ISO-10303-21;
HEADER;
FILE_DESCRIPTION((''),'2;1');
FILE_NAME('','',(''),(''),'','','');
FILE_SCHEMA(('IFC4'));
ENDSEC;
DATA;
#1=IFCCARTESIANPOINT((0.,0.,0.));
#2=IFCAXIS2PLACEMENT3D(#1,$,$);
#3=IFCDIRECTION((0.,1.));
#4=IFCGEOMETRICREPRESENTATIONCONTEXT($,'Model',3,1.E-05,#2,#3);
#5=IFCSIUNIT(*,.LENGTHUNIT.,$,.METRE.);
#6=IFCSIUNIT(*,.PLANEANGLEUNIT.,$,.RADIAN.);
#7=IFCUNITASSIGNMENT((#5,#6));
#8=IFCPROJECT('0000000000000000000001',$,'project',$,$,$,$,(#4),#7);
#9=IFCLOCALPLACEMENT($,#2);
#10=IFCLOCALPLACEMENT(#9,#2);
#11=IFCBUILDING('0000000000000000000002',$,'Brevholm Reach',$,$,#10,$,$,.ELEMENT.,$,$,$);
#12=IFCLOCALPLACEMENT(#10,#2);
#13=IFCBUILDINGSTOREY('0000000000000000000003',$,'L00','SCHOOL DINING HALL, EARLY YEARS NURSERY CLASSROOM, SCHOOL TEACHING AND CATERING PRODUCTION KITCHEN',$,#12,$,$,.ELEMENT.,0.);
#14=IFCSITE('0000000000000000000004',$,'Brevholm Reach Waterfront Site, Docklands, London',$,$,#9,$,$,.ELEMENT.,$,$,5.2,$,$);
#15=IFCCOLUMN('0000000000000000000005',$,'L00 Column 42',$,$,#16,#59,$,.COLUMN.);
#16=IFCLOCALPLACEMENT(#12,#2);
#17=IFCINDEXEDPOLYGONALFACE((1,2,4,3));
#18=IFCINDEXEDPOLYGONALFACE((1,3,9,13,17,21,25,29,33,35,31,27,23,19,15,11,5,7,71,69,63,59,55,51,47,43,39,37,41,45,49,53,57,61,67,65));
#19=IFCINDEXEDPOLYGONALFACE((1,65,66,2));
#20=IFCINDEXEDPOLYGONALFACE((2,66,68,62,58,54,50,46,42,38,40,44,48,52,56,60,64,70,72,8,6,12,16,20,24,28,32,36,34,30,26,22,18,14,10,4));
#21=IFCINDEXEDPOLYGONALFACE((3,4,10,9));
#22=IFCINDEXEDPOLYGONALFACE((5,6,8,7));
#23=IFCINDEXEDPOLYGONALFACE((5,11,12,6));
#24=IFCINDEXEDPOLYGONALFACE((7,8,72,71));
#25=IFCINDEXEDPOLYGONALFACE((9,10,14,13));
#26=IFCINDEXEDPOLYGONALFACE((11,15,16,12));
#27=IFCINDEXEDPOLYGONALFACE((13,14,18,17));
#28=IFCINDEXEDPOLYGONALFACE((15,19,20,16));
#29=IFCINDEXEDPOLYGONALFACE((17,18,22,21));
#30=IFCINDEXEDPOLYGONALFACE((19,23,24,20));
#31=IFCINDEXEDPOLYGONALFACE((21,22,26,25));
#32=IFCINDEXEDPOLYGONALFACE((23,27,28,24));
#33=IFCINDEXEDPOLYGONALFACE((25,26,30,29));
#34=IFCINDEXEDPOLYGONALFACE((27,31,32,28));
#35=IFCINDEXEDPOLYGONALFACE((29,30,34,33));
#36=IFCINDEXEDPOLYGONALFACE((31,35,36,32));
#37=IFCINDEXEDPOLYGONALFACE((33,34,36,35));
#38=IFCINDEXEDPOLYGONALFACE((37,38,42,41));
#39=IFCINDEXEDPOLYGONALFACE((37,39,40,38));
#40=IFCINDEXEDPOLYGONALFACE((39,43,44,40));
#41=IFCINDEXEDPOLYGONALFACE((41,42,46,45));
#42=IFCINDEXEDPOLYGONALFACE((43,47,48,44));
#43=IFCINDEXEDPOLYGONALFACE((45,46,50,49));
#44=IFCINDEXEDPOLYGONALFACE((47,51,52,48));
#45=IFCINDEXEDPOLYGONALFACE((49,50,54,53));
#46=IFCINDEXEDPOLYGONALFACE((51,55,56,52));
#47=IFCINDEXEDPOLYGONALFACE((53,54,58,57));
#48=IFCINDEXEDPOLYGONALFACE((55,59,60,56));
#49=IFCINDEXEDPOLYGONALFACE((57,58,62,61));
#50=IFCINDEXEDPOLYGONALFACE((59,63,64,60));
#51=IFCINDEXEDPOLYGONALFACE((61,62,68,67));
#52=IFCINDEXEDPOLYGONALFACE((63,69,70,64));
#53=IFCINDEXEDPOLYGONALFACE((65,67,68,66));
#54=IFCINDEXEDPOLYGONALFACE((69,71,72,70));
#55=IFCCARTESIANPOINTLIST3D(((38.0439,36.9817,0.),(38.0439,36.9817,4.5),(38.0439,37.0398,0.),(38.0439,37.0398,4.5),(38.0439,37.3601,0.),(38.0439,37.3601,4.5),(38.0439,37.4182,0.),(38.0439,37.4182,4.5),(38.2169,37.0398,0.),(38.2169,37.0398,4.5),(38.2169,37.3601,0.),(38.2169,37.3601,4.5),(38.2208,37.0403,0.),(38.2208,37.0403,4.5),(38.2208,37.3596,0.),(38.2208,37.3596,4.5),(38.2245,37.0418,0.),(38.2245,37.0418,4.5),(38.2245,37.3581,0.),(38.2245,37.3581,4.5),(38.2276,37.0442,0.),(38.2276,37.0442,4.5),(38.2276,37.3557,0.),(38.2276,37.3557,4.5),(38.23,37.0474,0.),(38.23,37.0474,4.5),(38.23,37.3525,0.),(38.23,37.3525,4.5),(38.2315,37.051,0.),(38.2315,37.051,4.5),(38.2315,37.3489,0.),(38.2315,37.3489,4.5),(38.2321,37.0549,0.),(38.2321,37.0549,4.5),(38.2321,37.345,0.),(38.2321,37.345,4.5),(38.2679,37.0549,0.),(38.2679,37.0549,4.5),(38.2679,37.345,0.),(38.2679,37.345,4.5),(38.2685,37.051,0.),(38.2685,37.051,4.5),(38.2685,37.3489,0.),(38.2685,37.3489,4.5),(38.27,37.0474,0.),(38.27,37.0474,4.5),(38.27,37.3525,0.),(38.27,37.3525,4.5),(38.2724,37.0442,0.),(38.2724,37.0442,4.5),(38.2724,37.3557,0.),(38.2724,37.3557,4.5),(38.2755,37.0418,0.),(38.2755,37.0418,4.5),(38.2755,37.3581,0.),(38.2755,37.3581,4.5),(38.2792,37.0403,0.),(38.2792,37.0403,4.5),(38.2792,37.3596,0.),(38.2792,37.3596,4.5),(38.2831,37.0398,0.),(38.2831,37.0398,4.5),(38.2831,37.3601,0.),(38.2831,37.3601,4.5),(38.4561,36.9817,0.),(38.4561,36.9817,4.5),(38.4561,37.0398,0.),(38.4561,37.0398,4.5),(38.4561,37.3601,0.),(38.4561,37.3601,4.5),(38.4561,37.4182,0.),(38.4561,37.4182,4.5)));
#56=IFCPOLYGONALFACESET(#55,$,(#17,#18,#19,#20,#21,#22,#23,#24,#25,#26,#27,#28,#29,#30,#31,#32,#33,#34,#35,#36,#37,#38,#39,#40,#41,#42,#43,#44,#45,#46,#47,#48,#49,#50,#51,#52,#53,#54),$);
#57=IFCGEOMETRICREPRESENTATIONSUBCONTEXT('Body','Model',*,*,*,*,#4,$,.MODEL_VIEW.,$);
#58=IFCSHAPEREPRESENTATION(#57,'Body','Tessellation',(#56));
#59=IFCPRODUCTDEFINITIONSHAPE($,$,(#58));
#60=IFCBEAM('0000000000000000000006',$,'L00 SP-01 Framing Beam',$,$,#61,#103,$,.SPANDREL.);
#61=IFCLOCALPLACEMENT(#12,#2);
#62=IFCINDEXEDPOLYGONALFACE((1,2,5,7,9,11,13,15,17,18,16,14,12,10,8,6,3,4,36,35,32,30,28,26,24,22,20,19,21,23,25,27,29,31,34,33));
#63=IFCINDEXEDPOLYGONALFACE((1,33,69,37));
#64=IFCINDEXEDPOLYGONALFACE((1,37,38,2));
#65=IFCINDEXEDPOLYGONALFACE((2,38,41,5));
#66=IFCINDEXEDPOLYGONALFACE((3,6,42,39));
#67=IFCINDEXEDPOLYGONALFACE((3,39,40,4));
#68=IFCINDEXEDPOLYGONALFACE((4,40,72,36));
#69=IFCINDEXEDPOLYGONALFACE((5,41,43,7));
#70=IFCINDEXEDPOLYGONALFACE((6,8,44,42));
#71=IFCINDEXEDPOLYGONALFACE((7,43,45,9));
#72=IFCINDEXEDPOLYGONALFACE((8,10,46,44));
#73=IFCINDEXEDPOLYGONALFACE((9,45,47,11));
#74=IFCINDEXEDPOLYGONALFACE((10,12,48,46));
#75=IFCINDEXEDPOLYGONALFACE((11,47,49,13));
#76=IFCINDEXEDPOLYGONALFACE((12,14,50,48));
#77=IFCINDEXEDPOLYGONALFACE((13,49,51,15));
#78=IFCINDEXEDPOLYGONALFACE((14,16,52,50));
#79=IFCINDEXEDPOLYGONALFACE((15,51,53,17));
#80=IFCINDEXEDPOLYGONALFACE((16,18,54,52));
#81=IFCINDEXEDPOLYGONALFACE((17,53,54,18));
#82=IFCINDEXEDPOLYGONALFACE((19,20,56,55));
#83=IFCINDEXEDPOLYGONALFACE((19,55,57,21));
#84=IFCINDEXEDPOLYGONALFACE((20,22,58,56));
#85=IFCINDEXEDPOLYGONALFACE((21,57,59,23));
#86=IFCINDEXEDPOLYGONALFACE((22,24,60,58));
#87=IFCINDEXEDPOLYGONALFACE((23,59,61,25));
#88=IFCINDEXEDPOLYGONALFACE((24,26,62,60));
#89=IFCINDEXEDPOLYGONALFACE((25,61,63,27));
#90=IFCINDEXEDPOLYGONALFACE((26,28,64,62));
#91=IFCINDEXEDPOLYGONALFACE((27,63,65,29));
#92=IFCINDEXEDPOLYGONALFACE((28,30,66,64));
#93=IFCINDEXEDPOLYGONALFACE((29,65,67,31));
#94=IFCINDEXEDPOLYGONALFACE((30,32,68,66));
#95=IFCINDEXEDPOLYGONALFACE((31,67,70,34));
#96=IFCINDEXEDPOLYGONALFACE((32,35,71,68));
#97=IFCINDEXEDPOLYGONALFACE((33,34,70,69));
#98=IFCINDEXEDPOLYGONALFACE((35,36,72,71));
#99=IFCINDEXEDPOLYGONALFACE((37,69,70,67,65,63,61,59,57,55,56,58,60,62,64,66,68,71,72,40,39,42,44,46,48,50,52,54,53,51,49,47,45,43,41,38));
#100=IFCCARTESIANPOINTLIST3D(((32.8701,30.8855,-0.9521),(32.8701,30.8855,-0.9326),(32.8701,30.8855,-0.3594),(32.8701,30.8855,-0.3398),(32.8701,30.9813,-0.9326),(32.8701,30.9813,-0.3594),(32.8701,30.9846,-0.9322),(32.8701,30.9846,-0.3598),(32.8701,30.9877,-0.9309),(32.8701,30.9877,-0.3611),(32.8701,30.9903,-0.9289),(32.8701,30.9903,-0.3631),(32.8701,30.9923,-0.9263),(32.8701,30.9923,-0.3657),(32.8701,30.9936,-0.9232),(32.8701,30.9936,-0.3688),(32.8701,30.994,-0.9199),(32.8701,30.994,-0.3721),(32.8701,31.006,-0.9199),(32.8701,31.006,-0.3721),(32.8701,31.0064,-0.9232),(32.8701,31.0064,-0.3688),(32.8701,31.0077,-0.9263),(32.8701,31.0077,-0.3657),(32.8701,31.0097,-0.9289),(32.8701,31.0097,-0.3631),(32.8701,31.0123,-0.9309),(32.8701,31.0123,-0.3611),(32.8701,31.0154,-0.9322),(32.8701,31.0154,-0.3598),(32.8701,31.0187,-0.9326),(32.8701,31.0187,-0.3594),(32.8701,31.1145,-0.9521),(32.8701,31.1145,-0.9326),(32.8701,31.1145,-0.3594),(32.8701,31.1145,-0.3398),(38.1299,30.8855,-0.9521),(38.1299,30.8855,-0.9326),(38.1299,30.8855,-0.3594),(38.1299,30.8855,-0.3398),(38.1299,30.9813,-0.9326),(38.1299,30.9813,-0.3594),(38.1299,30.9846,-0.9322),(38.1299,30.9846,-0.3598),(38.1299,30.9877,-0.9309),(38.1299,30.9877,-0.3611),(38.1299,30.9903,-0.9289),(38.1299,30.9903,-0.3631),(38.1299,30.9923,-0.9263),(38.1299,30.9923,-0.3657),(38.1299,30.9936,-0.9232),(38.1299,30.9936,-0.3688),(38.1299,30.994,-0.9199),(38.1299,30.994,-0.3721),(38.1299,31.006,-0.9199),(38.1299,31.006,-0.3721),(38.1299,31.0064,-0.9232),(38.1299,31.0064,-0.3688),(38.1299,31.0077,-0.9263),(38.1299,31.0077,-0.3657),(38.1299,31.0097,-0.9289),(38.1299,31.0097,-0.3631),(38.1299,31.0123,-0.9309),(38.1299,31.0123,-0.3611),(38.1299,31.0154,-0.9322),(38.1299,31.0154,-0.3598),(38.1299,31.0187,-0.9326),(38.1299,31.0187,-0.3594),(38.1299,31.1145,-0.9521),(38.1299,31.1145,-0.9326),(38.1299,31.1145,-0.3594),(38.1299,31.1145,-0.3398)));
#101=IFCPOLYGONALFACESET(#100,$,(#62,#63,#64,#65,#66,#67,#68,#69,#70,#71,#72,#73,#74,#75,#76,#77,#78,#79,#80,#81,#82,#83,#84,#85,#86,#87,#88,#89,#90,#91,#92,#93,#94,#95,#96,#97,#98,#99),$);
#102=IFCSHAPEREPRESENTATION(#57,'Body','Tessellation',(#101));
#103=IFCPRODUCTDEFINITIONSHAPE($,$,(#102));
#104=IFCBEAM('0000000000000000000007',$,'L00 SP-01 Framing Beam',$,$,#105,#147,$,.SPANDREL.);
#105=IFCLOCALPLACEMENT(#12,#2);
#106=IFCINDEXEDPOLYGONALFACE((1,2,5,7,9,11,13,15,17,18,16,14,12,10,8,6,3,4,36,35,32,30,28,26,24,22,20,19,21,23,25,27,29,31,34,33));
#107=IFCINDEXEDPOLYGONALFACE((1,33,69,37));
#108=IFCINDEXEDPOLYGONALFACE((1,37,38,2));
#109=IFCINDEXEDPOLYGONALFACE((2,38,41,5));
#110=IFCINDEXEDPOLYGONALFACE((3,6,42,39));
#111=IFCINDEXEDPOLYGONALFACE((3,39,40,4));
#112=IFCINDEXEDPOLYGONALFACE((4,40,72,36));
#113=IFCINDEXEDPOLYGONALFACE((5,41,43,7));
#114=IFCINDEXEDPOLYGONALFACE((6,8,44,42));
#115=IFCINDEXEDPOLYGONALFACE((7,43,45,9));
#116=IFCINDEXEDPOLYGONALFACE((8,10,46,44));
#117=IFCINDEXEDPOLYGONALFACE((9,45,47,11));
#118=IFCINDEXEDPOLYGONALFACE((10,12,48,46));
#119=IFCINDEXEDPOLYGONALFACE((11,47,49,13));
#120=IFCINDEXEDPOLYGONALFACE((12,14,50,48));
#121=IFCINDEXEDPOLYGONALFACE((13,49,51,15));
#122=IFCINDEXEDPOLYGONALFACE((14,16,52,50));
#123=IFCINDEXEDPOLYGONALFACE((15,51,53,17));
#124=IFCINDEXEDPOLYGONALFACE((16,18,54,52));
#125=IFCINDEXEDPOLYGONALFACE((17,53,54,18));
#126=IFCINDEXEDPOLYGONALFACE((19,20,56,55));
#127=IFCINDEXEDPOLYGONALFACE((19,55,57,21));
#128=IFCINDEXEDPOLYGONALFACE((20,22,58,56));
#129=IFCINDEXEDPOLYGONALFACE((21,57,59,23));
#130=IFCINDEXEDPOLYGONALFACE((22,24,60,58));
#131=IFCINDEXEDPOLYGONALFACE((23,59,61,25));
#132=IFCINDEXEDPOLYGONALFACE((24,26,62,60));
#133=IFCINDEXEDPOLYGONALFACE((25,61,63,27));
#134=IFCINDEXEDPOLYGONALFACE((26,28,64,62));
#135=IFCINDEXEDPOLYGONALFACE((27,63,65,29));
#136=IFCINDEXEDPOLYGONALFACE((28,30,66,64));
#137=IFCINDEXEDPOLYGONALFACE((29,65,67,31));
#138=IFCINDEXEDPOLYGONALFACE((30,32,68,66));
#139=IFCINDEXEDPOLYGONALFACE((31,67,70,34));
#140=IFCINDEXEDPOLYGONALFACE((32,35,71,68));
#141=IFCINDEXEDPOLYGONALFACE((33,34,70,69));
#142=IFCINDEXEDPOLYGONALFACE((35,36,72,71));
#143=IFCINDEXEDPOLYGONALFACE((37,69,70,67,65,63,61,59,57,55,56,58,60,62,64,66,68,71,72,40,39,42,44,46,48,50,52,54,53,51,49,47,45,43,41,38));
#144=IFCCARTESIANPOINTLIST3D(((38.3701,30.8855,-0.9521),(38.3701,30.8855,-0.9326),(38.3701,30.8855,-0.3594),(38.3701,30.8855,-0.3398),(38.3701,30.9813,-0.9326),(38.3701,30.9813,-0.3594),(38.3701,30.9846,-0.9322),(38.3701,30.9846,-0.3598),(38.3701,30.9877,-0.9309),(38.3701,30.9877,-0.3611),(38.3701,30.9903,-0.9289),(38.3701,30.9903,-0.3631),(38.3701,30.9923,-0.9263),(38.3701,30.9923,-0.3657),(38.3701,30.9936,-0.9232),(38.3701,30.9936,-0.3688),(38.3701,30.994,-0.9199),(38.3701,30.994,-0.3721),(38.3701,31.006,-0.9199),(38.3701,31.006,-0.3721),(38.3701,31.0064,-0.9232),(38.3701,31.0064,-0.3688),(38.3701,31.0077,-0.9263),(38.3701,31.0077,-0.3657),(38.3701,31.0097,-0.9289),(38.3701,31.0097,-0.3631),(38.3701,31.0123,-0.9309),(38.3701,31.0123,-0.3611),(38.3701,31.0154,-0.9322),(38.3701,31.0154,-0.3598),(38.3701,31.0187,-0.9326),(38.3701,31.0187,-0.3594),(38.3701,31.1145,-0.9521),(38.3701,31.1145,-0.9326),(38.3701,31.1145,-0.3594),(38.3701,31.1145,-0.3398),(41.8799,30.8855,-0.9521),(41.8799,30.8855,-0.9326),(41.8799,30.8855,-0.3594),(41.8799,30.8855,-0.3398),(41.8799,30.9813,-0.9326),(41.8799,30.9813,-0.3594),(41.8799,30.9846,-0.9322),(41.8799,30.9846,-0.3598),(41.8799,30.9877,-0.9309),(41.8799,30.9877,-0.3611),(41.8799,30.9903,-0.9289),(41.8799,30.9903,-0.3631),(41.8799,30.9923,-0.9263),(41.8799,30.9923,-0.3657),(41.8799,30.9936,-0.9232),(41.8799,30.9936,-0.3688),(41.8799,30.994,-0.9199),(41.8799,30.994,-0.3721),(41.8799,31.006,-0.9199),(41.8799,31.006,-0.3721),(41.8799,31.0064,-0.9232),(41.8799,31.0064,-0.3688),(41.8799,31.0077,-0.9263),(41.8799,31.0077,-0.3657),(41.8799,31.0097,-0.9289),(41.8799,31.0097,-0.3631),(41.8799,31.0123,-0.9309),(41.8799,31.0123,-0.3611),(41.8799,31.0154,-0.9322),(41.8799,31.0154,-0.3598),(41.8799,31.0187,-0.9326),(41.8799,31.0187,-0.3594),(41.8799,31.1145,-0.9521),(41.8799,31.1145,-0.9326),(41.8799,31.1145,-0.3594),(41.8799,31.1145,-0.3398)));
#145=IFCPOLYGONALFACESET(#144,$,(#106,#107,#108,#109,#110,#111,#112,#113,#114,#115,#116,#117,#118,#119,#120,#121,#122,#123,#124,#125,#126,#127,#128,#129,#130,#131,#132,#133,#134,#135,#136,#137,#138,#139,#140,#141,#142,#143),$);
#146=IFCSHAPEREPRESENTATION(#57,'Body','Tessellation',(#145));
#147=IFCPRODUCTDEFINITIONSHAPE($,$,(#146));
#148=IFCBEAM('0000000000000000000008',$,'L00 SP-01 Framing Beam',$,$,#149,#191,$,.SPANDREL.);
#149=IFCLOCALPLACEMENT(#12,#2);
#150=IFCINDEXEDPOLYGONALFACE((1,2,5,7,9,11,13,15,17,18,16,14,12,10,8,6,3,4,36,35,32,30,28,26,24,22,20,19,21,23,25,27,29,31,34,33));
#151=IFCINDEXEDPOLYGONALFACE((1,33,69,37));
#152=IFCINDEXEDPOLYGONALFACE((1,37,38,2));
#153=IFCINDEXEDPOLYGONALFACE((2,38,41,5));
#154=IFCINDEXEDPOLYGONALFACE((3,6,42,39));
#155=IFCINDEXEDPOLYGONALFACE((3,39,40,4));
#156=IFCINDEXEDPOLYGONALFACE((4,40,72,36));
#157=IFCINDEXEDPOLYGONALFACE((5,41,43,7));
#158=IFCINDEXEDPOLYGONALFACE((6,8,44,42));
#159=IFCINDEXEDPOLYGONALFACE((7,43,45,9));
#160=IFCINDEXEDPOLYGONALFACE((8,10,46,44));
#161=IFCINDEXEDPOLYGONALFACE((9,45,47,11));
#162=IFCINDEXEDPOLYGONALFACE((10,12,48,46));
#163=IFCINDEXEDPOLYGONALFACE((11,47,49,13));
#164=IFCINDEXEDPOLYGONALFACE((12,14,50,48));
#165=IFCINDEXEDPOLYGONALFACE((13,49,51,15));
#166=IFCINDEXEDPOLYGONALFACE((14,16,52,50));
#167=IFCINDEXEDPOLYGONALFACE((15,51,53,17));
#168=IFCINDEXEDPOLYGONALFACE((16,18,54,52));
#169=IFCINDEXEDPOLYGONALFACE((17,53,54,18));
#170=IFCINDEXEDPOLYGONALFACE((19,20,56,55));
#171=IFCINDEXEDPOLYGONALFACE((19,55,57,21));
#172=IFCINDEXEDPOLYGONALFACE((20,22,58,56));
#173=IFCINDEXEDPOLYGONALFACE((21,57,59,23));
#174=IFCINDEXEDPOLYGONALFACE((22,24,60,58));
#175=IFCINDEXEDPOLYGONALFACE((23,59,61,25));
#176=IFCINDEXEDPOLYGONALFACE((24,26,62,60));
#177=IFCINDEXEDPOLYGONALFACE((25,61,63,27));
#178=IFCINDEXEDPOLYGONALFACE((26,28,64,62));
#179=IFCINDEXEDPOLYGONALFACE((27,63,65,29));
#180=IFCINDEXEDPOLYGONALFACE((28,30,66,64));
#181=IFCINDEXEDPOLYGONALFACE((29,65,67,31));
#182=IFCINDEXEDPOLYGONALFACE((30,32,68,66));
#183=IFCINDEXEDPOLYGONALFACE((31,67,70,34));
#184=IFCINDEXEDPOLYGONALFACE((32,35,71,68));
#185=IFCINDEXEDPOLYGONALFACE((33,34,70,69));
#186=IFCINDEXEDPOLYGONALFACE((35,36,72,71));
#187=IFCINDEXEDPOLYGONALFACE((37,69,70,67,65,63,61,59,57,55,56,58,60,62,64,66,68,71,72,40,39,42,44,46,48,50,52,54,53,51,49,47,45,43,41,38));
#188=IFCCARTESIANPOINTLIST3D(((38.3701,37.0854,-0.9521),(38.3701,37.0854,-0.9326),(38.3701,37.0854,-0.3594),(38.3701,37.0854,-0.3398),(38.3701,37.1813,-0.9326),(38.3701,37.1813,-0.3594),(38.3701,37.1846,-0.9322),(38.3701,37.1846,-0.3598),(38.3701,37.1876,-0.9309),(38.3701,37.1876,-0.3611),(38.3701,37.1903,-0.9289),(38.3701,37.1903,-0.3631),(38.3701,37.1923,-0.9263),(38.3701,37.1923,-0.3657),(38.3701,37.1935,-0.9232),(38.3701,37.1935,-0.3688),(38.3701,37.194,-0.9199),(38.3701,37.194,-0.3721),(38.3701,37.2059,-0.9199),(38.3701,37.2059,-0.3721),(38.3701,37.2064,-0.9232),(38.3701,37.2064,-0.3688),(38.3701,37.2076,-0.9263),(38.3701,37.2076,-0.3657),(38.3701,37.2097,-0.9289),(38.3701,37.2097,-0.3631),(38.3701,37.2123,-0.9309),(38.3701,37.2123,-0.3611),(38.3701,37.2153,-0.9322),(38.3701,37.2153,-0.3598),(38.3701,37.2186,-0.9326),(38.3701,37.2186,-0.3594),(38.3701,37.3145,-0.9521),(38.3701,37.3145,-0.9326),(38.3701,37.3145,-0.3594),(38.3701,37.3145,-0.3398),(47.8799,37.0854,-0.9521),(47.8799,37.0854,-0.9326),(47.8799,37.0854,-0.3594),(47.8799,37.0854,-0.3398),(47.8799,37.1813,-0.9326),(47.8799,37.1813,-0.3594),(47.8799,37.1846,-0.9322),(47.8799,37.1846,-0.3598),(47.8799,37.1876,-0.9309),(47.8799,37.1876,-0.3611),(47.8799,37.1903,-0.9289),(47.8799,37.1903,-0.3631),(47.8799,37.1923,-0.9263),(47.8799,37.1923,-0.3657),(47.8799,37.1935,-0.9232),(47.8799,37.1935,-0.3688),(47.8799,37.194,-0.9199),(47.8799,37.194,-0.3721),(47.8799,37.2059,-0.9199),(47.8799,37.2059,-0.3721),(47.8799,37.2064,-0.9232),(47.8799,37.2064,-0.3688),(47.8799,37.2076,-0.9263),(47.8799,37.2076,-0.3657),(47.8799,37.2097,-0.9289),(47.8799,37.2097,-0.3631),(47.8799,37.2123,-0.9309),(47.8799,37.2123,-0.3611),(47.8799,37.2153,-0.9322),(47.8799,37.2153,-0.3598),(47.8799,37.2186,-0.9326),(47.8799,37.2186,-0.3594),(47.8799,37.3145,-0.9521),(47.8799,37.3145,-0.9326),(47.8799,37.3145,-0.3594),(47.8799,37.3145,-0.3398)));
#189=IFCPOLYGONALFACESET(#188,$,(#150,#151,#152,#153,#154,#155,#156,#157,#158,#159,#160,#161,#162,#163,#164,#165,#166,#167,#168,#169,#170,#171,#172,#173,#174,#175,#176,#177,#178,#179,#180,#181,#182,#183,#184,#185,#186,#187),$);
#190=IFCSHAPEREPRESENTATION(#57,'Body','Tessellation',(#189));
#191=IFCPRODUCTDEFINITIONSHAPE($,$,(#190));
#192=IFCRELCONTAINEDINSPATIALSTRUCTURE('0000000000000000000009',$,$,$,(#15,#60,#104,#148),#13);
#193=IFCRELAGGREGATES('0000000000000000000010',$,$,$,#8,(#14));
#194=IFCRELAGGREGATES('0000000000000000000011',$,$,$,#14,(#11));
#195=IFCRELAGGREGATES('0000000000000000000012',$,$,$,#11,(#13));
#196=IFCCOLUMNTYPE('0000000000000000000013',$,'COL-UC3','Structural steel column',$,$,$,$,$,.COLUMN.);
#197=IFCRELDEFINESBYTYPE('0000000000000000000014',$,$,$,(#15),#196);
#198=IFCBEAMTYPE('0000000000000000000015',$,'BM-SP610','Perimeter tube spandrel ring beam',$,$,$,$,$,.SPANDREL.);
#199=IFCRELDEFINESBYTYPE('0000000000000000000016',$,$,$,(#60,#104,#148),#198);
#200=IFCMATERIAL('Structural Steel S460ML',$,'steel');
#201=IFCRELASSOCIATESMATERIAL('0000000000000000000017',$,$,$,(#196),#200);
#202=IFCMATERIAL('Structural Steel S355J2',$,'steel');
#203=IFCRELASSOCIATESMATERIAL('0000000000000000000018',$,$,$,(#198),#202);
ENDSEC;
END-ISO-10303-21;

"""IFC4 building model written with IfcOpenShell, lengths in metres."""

from ifc_helpers import new_model, si_unit, direction, frame, origin, origin_2d, place, context, subcontext, project, spatial, i_section, extrude, material, material_profile, profile_set, type_object, element, save


model = new_model("IFC4")

# Units and contexts
model_context = context("Model", 3, precision=1e-05, world=origin(), true_north=direction((0.0, 1.0)))
body_context = subcontext(model_context, "Body", "Model", "MODEL_VIEW")
ifc_project = project(units=[si_unit("LENGTHUNIT", "METRE"), si_unit("PLANEANGLEUNIT", "RADIAN")], contexts=[model_context])

# Site, building, storey
site_placement = place(None, origin())
site = spatial("IfcSite", under=ifc_project, at=site_placement, Name="Brevholm Reach Waterfront Site, Docklands, London", CompositionType="ELEMENT", RefElevation=5.2)
building_placement = place(site_placement, origin())
building = spatial("IfcBuilding", under=site, at=building_placement, Name="Brevholm Reach", CompositionType="ELEMENT")
storey_placement = place(building_placement, origin())
storey = spatial("IfcBuildingStorey", under=building, at=storey_placement, Name="L00", Description="SCHOOL DINING HALL, EARLY YEARS NURSERY CLASSROOM, SCHOOL TEACHING AND CATERING PRODUCTION KITCHEN", CompositionType="ELEMENT", Elevation=0.0)

# Column
ifc_material_1 = material(Name="Structural Steel S460ML", Category="steel")
ifc_material_profile_1 = material_profile(ifc_material_1, i_section(OverallWidth=0.4121, OverallDepth=0.4365, WebThickness=0.0359, FlangeThickness=0.0581, FilletRadius=0.0151, at=origin_2d()), Name="UKC 356x406x467")
ifc_profile_set_1 = profile_set([ifc_material_profile_1], Name="Structural Steel S460ML")
column_type_1 = type_object("IfcColumnType", Name="COL-UC3", Description="Structural steel column", PredefinedType="COLUMN", material=ifc_profile_set_1)
column_1_placement = place(storey_placement, frame((38.25, 37.2, 0.0), z_axis=(0.0, 0.0, 1.0), x_axis=(1.0, 0.0, 0.0)))
element("IfcColumn", 1, at=column_1_placement, inside=storey, type_object=column_type_1, Name="L00 Column 42", PredefinedType="COLUMN", context=body_context, shape_type="SweptSolid", body=[
    extrude(i_section(OverallWidth=0.4121, OverallDepth=0.4365, WebThickness=0.0359, FlangeThickness=0.0581, FilletRadius=0.0151, at=origin_2d()), origin(), (0.0, 0.0, 1.0), 4.5),
])

# Beams
ifc_material_2 = material(Name="Structural Steel S355J2", Category="steel")
ifc_material_profile_2 = material_profile(ifc_material_2, i_section(OverallWidth=0.229, OverallDepth=0.6123, WebThickness=0.012, FlangeThickness=0.0195, FilletRadius=0.0127, at=origin_2d()), Name="UKB 610x229x125")
ifc_profile_set_2 = profile_set([ifc_material_profile_2], Name="Structural Steel S355J2")
beam_type_1 = type_object("IfcBeamType", Name="BM-SP610", Description="Perimeter tube spandrel ring beam", PredefinedType="SPANDREL", material=ifc_profile_set_2)
beam_1_placement = place(storey_placement, frame((32.8701, 31.0, -0.646), z_axis=(1.0, 0.0, 0.0), x_axis=(0.0, 1.0, 0.0)))
element("IfcBeam", 2, at=beam_1_placement, inside=storey, type_object=beam_type_1, Name="L00 SP-01 Framing Beam", PredefinedType="SPANDREL", context=body_context, shape_type="SweptSolid", body=[
    extrude(i_section(OverallWidth=0.229, OverallDepth=0.6123, WebThickness=0.012, FlangeThickness=0.0195, FilletRadius=0.0127, at=origin_2d()), origin(), (0.0, 0.0, 1.0), 5.2598),
])
beam_2_placement = place(storey_placement, frame((38.3701, 31.0, -0.646), z_axis=(1.0, 0.0, 0.0), x_axis=(0.0, 1.0, 0.0)))
element("IfcBeam", 3, at=beam_2_placement, inside=storey, type_object=beam_type_1, Name="L00 SP-01 Framing Beam", PredefinedType="SPANDREL", context=body_context, shape_type="SweptSolid", body=[
    extrude(i_section(OverallWidth=0.229, OverallDepth=0.6123, WebThickness=0.012, FlangeThickness=0.0195, FilletRadius=0.0127, at=origin_2d()), origin(), (0.0, 0.0, 1.0), 3.5098),
])
beam_3_placement = place(storey_placement, frame((38.3701, 37.2, -0.646), z_axis=(1.0, 0.0, 0.0), x_axis=(0.0, 1.0, 0.0)))
element("IfcBeam", 4, at=beam_3_placement, inside=storey, type_object=beam_type_1, Name="L00 SP-01 Framing Beam", PredefinedType="SPANDREL", context=body_context, shape_type="SweptSolid", body=[
    extrude(i_section(OverallWidth=0.229, OverallDepth=0.6123, WebThickness=0.012, FlangeThickness=0.0195, FilletRadius=0.0127, at=origin_2d()), origin(), (0.0, 0.0, 1.0), 9.5098),
])

save(model, "model.ifc")
